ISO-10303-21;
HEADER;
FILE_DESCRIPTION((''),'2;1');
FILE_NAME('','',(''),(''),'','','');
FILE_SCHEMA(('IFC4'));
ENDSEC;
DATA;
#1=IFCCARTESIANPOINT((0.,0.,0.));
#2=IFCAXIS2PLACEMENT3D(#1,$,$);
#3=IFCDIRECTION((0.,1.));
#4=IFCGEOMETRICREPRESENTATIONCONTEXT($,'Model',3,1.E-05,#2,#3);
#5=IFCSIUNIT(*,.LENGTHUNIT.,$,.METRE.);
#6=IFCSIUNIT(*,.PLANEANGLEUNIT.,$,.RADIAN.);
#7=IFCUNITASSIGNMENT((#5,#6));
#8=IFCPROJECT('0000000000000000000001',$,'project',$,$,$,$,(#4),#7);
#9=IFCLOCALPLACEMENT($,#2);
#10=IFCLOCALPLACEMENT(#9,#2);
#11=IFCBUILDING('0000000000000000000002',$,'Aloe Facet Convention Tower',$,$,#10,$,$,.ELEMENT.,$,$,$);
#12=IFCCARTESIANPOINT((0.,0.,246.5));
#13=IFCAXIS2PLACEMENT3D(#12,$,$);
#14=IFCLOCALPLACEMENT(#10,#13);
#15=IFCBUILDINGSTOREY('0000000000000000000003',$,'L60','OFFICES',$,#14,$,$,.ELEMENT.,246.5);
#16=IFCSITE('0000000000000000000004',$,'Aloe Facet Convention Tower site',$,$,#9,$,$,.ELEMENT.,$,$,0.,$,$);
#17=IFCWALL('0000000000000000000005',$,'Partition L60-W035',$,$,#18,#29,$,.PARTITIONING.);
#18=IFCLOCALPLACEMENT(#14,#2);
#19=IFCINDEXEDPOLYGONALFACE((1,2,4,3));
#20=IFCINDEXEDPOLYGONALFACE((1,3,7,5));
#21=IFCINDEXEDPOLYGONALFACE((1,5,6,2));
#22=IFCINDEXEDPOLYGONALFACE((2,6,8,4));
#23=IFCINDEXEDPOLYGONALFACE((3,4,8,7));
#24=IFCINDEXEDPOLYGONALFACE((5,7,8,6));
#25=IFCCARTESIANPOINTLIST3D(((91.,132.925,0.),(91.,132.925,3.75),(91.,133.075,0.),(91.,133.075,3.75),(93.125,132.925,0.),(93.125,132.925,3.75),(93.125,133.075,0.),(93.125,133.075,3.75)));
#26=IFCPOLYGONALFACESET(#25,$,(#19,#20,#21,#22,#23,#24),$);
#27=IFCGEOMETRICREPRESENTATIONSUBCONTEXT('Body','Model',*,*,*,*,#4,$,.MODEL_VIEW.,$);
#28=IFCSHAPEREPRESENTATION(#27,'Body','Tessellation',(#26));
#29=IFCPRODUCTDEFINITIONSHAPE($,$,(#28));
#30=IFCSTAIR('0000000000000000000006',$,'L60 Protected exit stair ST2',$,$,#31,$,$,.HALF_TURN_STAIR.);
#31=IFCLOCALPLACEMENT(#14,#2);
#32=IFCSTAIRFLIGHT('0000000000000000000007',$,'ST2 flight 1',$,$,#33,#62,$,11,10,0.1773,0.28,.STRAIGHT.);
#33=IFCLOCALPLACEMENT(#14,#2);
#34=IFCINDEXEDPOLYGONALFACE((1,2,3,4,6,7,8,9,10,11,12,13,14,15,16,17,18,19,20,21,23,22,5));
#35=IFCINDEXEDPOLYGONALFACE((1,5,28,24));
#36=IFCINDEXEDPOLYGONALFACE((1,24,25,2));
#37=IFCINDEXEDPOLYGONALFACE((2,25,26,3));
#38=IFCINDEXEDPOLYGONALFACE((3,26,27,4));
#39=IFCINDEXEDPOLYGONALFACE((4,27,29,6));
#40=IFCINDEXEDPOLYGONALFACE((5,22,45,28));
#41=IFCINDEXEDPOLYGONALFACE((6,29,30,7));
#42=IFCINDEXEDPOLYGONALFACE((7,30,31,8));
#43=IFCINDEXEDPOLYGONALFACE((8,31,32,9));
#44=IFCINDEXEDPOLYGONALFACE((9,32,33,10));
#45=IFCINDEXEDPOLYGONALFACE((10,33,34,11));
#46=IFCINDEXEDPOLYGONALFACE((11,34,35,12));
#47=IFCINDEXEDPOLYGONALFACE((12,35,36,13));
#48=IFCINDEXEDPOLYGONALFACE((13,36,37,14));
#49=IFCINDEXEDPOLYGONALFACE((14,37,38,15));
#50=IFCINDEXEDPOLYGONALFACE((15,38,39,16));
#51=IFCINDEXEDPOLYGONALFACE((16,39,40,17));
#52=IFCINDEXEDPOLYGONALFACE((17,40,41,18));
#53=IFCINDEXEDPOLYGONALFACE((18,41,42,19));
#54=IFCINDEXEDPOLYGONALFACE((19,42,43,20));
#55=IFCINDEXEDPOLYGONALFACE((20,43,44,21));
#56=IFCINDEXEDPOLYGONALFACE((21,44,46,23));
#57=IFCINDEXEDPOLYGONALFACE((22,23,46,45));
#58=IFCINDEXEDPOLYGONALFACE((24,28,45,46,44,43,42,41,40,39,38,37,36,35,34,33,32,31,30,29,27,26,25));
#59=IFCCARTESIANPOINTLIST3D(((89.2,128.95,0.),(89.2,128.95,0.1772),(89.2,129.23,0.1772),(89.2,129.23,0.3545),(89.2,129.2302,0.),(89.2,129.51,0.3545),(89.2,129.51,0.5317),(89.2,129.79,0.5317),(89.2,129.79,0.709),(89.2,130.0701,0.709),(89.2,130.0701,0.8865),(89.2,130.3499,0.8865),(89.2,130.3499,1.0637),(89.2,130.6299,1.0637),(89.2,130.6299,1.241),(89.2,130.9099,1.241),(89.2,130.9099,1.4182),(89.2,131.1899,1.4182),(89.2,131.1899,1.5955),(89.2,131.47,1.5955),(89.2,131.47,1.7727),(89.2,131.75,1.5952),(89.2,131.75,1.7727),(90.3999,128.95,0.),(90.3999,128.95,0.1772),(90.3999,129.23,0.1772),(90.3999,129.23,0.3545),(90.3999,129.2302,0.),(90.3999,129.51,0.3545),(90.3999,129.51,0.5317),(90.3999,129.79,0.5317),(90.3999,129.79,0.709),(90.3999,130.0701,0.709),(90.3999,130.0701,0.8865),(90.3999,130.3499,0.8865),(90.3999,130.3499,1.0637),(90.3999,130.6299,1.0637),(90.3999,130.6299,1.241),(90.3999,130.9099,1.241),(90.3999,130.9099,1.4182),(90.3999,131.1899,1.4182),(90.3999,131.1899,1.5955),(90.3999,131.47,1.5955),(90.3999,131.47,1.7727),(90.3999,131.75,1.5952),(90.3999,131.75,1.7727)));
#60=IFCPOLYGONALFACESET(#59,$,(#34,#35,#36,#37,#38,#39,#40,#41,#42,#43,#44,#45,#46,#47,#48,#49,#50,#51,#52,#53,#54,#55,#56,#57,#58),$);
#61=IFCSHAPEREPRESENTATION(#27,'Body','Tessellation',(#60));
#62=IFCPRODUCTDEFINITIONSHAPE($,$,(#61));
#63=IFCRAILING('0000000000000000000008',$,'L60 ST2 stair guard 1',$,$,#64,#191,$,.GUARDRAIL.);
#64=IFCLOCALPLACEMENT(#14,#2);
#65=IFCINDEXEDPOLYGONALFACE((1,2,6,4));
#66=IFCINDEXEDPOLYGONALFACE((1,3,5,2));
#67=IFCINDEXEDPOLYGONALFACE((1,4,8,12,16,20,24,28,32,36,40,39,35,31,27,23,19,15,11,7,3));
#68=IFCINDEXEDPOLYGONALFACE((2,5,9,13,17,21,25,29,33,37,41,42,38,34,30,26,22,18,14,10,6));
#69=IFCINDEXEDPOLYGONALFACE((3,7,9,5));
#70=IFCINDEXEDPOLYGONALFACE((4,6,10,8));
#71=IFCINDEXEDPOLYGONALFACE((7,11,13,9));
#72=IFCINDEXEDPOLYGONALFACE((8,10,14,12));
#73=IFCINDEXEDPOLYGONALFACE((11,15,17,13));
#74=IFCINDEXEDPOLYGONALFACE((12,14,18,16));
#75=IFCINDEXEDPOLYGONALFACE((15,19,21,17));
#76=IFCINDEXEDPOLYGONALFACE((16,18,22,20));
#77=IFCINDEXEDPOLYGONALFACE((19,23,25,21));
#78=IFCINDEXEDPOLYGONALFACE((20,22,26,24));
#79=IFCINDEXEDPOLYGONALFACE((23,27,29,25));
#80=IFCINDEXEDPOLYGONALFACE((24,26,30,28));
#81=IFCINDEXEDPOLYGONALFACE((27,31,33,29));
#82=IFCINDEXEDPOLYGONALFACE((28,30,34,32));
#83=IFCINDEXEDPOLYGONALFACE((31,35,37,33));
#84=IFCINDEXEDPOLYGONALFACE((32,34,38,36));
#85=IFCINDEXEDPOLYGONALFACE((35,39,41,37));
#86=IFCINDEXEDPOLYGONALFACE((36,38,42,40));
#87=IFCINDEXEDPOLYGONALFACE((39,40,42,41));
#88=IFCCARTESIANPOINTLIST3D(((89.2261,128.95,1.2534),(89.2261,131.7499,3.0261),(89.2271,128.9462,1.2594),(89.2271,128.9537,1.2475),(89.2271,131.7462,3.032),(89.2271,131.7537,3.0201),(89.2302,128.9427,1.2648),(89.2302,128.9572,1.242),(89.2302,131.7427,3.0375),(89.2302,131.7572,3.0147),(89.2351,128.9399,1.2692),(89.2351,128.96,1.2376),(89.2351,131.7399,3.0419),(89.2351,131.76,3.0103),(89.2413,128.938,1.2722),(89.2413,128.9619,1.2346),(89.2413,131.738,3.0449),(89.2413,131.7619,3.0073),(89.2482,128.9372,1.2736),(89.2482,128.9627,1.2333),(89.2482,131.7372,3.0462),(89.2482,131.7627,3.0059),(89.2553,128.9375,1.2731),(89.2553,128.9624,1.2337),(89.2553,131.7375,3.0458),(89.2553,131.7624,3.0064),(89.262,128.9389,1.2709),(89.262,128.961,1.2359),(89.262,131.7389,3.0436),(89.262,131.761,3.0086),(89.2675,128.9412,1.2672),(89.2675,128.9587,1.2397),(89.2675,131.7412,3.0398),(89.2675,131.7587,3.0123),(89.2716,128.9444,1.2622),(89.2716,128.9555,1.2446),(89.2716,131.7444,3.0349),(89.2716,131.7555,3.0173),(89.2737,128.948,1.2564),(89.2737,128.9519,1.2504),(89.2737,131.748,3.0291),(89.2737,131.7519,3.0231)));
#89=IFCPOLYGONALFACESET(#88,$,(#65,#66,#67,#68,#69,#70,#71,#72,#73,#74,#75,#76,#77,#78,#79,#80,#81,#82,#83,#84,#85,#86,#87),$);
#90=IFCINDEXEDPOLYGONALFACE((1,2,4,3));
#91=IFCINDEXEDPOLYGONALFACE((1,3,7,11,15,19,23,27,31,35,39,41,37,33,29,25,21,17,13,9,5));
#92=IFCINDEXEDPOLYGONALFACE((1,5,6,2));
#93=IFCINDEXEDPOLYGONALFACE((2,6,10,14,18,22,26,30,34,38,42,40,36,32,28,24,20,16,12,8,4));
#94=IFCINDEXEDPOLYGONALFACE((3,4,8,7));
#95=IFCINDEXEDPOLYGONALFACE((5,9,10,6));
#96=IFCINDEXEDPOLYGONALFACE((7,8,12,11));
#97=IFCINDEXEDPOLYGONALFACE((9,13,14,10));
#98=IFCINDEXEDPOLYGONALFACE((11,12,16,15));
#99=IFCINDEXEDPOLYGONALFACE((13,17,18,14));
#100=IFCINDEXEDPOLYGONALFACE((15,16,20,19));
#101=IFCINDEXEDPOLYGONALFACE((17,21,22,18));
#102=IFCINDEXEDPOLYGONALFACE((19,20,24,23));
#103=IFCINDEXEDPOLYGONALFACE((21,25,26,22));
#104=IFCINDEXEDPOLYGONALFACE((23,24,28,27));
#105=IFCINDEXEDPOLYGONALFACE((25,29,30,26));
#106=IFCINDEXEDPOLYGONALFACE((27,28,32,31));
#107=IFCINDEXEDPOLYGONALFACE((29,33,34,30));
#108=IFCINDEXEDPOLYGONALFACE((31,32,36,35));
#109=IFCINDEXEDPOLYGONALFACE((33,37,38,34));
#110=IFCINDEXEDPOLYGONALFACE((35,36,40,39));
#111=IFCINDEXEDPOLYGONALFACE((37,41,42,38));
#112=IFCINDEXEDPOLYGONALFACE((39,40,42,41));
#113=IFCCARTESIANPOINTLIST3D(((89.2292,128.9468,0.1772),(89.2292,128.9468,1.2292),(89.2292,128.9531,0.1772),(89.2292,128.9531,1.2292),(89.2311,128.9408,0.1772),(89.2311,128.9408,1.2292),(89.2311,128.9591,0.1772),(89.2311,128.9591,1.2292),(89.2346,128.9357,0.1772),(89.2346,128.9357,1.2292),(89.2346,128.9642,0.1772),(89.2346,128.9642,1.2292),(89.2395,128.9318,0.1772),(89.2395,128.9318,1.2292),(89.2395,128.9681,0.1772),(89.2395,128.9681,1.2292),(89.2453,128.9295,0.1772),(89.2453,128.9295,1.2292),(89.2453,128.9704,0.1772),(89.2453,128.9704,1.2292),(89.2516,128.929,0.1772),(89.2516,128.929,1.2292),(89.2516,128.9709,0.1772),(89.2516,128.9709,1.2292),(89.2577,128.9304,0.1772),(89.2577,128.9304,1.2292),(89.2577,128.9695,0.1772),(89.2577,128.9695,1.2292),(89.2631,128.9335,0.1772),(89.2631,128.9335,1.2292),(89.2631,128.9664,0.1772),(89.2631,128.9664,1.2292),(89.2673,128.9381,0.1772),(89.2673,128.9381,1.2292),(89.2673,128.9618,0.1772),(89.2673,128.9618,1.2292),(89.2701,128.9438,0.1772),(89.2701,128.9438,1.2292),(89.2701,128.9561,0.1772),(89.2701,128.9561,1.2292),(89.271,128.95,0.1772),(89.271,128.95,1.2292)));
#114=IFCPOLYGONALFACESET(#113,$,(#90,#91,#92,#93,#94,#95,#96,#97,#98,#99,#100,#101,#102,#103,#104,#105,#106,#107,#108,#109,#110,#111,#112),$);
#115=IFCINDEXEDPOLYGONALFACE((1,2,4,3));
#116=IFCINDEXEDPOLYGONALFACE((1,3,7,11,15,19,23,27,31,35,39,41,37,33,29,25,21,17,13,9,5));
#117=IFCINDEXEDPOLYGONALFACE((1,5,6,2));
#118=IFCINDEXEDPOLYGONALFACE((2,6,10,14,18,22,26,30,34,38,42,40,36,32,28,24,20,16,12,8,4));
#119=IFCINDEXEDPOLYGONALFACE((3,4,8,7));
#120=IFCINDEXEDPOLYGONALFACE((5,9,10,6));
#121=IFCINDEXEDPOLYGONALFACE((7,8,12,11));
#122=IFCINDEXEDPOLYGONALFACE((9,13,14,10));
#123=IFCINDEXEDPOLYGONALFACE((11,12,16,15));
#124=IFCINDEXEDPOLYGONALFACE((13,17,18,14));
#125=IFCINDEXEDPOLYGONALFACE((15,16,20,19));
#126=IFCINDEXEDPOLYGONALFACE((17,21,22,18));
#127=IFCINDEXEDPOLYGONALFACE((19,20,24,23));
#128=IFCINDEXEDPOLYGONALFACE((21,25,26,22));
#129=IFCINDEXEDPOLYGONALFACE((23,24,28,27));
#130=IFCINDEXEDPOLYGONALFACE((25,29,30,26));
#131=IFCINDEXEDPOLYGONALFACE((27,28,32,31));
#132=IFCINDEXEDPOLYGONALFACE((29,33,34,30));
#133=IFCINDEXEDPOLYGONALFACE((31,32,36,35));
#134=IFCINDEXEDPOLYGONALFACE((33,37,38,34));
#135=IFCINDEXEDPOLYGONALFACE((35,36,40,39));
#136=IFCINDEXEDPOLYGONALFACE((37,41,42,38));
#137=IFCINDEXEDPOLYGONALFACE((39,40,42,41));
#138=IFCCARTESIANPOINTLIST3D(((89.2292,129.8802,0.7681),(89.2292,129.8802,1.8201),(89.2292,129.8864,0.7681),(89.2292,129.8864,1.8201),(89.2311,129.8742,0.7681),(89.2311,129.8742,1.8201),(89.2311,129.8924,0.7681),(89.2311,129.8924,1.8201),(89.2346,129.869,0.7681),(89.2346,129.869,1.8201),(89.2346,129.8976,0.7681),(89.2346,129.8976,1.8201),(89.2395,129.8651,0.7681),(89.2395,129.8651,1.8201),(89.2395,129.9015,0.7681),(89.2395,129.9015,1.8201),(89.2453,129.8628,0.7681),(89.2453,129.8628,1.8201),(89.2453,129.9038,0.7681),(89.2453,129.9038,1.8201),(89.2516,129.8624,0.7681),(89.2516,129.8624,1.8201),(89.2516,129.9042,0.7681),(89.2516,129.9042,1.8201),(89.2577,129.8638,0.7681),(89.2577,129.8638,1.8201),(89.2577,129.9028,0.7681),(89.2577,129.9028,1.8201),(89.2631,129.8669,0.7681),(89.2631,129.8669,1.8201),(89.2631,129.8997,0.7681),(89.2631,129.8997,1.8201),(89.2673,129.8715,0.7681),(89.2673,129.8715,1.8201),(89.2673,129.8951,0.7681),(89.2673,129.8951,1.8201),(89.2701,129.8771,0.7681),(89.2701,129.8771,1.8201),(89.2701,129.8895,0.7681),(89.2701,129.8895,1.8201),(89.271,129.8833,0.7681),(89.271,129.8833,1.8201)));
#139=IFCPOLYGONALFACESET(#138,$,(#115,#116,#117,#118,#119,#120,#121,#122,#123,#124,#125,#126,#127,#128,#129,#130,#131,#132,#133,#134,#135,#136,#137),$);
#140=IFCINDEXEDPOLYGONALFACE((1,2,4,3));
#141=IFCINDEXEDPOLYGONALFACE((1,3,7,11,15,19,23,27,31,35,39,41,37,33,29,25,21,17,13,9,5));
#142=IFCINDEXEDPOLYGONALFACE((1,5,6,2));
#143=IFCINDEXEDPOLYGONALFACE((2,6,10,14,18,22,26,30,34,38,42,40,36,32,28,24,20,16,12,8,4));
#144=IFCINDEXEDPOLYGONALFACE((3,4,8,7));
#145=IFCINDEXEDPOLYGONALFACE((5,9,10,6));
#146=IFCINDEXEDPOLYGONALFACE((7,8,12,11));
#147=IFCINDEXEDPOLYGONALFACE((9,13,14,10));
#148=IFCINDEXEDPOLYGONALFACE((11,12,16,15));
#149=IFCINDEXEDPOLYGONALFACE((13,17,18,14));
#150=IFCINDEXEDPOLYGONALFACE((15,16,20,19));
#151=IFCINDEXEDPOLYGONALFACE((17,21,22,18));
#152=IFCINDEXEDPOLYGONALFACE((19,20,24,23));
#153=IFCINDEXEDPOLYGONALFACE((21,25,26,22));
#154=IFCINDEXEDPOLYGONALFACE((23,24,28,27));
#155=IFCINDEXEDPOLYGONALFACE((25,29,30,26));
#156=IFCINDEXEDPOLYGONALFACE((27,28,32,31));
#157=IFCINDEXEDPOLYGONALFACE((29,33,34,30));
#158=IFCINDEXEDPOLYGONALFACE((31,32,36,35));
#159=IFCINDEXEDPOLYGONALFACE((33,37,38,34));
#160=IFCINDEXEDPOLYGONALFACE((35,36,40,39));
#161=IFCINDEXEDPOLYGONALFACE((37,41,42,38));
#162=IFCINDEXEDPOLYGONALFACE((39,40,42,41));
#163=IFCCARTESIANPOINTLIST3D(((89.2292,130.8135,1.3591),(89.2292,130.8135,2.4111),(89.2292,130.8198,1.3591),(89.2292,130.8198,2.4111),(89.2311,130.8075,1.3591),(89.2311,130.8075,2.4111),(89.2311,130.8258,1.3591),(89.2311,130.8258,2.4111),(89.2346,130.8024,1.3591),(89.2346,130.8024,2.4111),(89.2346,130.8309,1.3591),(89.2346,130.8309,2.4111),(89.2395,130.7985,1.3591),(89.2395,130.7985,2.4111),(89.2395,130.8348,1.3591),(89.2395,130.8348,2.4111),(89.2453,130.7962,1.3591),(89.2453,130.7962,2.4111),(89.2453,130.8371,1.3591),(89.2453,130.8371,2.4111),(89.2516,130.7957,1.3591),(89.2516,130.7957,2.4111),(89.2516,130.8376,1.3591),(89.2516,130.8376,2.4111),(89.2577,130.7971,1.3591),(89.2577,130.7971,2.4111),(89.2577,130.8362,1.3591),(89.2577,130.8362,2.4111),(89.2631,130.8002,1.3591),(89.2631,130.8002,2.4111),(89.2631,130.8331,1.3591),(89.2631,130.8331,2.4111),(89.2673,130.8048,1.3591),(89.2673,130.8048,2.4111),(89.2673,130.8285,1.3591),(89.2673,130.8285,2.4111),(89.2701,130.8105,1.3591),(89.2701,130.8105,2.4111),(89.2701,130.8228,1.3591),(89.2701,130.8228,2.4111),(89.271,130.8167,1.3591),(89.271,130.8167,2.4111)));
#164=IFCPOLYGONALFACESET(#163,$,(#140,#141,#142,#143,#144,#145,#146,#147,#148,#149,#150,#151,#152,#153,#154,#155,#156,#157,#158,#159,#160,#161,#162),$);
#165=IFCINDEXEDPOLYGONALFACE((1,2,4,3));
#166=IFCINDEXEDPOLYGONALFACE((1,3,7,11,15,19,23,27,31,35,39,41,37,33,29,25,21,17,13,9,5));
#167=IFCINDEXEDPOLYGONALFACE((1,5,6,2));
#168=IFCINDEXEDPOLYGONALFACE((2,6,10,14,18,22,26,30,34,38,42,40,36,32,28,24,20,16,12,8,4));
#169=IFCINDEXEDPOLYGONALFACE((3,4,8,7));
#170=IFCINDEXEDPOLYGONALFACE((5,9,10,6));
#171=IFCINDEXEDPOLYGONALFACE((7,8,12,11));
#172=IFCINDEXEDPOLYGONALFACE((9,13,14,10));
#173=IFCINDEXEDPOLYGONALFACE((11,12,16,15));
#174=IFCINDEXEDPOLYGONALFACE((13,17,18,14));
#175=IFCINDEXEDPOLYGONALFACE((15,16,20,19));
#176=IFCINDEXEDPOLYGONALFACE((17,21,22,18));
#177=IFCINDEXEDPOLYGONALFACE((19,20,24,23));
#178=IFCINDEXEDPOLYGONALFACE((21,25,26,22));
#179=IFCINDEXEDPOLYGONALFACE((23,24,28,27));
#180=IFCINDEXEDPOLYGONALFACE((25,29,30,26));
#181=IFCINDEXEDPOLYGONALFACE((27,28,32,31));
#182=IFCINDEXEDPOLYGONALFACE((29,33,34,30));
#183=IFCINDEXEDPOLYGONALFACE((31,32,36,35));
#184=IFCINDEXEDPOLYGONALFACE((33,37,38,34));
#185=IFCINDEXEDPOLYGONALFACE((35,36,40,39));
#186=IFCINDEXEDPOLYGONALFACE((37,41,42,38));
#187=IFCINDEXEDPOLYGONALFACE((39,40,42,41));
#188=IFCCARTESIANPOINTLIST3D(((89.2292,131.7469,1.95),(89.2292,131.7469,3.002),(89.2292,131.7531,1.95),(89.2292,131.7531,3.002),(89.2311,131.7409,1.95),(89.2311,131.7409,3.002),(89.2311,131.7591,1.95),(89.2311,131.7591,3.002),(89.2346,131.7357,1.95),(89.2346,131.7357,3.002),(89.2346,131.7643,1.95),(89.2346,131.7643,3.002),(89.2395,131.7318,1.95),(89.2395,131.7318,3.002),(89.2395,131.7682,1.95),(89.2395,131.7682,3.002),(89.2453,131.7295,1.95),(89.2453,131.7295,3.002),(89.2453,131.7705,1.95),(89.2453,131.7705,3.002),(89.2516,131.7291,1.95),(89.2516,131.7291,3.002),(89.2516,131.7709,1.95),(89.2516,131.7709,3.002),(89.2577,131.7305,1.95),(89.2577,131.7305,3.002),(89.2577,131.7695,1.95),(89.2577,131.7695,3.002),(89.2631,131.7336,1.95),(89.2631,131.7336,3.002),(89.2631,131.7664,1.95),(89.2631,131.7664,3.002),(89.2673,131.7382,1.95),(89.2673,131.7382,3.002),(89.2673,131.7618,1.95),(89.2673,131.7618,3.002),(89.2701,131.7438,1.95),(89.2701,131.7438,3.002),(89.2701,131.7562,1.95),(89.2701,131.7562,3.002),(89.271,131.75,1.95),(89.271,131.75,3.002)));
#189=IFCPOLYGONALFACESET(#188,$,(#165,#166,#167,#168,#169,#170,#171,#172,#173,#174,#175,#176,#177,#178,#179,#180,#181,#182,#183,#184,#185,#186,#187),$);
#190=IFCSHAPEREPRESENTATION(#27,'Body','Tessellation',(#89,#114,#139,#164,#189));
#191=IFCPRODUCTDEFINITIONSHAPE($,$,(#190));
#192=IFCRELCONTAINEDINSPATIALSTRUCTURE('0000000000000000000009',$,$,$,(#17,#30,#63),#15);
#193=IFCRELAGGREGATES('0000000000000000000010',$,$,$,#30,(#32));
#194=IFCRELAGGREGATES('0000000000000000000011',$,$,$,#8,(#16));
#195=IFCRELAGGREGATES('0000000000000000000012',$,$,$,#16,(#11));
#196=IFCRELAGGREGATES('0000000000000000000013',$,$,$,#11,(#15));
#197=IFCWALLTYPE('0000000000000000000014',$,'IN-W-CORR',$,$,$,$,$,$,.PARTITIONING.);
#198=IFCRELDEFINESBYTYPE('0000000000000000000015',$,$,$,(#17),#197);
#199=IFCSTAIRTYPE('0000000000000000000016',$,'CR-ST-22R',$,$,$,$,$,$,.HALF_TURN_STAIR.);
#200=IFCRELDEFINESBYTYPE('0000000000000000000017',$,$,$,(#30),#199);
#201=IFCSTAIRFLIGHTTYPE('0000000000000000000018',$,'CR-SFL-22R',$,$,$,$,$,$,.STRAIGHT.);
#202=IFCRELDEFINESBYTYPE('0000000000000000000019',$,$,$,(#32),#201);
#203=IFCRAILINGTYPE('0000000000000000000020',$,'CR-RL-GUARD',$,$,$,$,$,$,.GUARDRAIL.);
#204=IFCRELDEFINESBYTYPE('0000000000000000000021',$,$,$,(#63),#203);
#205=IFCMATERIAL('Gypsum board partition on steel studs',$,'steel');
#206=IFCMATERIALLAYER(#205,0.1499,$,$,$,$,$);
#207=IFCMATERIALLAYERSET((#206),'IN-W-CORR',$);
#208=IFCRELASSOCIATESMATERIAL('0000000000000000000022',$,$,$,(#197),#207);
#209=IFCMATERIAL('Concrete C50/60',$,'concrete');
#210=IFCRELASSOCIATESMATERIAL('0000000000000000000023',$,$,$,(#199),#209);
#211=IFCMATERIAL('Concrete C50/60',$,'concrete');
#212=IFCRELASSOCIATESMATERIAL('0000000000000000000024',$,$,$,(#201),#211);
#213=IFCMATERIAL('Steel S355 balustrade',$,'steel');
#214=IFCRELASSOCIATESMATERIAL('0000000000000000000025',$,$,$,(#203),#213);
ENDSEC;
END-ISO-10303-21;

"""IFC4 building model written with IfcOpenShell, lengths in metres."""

from ifc_helpers import new_model, si_unit, direction, frame, frame_2d, origin, origin_2d, place, context, subcontext, project, spatial, polyline, rectangle, circle, outline, extrude, material, layer, layer_set, type_object, element, aggregate, save


model = new_model("IFC4")

# Units and contexts
model_context = context("Model", 3, precision=1e-05, world=origin(), true_north=direction((0.0, 1.0)))
body_context = subcontext(model_context, "Body", "Model", "MODEL_VIEW")
ifc_project = project(units=[si_unit("LENGTHUNIT", "METRE"), si_unit("PLANEANGLEUNIT", "RADIAN")], contexts=[model_context])

# Site, building, storey
site_placement = place(None, origin())
site = spatial("IfcSite", under=ifc_project, at=site_placement, Name="Aloe Facet Convention Tower site", CompositionType="ELEMENT", RefElevation=0.0)
building_placement = place(site_placement, origin())
building = spatial("IfcBuilding", under=site, at=building_placement, Name="Aloe Facet Convention Tower", CompositionType="ELEMENT")
storey_placement = place(building_placement, frame((0.0, 0.0, 246.5)))
storey = spatial("IfcBuildingStorey", under=building, at=storey_placement, Name="L60", Description="OFFICES", CompositionType="ELEMENT", Elevation=246.5)

# Wall
ifc_material_1 = material(Name="Gypsum board partition on steel studs", Category="steel")
ifc_layer_1 = layer(ifc_material_1, 0.1499)
ifc_layer_set_1 = layer_set([ifc_layer_1], Name="IN-W-CORR")
wall_type_1 = type_object("IfcWallType", Name="IN-W-CORR", PredefinedType="PARTITIONING", material=ifc_layer_set_1)
wall_1_placement = place(storey_placement, frame((91.0, 133.0, 0.0), z_axis=(0.0, 0.0, 1.0), x_axis=(1.0, 0.0, 0.0)))
element("IfcWall", 1, at=wall_1_placement, inside=storey, type_object=wall_type_1, Name="Partition L60-W035", PredefinedType="PARTITIONING", context=body_context, shape_type="SweptSolid", body=[
    extrude(rectangle(XDim=2.125, YDim=0.1499, at=frame_2d((1.0625, 0.0))), origin(), (0.0, 0.0, 1.0), 3.75),
])

# Stair, stair flight
ifc_material_2 = material(Name="Concrete C50/60", Category="concrete")
stair_type = type_object("IfcStairType", Name="CR-ST-22R", PredefinedType="HALF_TURN_STAIR", material=ifc_material_2)
stair_placement = place(storey_placement, origin())
stair = element("IfcStair", 2, at=stair_placement, inside=storey, type_object=stair_type, Name="L60 Protected exit stair ST2", PredefinedType="HALF_TURN_STAIR")
ifc_material_3 = material(Name="Concrete C50/60", Category="concrete")
stair_flight_type = type_object("IfcStairFlightType", Name="CR-SFL-22R", PredefinedType="STRAIGHT", material=ifc_material_3)
stair_flight_placement = place(storey_placement, frame((89.8, 128.95, 0.0), z_axis=(0.0, 0.0, 1.0), x_axis=(0.0, 1.0, 0.0)))
stair_flight = element("IfcStairFlight", 3, at=stair_flight_placement, type_object=stair_flight_type, Name="ST2 flight 1", NumberOfRisers=11, NumberOfTreads=10, PredefinedType="STRAIGHT", RiserHeight=0.1773, TreadLength=0.28, context=body_context, shape_type="SweptSolid", body=[
    extrude(outline(polyline([(0.0, 0.0), (0.0, 0.1772), (0.28, 0.1772), (0.28, 0.3545), (0.5601, 0.3545), (0.5601, 0.5317), (0.8401, 0.5317), (0.8401, 0.709), (1.1201, 0.709), (1.1201, 0.8865), (1.3999, 0.8865), (1.3999, 1.0637), (1.6799, 1.0637), (1.6799, 1.241), (1.96, 1.241), (1.96, 1.4182), (2.24, 1.4182), (2.24, 1.5955), (2.52, 1.5955), (2.52, 1.7727), (2.8, 1.7727), (2.8, 1.95), (2.8, 1.5952), (0.2803, 0.0), (0.0, 0.0)])), frame((0.0, 0.6001, 0.0), z_axis=(0.0, -1.0, 0.0), x_axis=(1.0, 0.0, 0.0)), (0.0, 0.0, 1.0), 1.2),
])
aggregate(stair, [stair_flight])

# Railing
ifc_material_4 = material(Name="Steel S355 balustrade", Category="steel")
railing_type_1 = type_object("IfcRailingType", Name="CR-RL-GUARD", PredefinedType="GUARDRAIL", material=ifc_material_4)
railing_1_placement = place(storey_placement, frame((89.25, 128.95, 0.1772)))
element("IfcRailing", 4, at=railing_1_placement, inside=storey, type_object=railing_type_1, Name="L60 ST2 stair guard 1", PredefinedType="GUARDRAIL", context=body_context, shape_type="SweptSolid", body=[
    extrude(circle(Radius=0.0239, at=origin_2d()), frame((0.0, 0.0, 1.0762), z_axis=(0.0, 0.844909, 0.53491), x_axis=(-1.0, 0.0, 0.0)), (0.0, 0.0, 1.0), 3.314),
    extrude(circle(Radius=0.021, at=origin_2d()), origin(), (0.0, 0.0, 1.0), 1.052),
    extrude(circle(Radius=0.021, at=origin_2d()), frame((0.0, 0.9333, 0.5908)), (0.0, 0.0, 1.0), 1.052),
    extrude(circle(Radius=0.021, at=origin_2d()), frame((0.0, 1.8667, 1.1819)), (0.0, 0.0, 1.0), 1.052),
    extrude(circle(Radius=0.021, at=origin_2d()), frame((0.0, 2.8, 1.7727)), (0.0, 0.0, 1.0), 1.052),
])

save(model, "model.ifc")
